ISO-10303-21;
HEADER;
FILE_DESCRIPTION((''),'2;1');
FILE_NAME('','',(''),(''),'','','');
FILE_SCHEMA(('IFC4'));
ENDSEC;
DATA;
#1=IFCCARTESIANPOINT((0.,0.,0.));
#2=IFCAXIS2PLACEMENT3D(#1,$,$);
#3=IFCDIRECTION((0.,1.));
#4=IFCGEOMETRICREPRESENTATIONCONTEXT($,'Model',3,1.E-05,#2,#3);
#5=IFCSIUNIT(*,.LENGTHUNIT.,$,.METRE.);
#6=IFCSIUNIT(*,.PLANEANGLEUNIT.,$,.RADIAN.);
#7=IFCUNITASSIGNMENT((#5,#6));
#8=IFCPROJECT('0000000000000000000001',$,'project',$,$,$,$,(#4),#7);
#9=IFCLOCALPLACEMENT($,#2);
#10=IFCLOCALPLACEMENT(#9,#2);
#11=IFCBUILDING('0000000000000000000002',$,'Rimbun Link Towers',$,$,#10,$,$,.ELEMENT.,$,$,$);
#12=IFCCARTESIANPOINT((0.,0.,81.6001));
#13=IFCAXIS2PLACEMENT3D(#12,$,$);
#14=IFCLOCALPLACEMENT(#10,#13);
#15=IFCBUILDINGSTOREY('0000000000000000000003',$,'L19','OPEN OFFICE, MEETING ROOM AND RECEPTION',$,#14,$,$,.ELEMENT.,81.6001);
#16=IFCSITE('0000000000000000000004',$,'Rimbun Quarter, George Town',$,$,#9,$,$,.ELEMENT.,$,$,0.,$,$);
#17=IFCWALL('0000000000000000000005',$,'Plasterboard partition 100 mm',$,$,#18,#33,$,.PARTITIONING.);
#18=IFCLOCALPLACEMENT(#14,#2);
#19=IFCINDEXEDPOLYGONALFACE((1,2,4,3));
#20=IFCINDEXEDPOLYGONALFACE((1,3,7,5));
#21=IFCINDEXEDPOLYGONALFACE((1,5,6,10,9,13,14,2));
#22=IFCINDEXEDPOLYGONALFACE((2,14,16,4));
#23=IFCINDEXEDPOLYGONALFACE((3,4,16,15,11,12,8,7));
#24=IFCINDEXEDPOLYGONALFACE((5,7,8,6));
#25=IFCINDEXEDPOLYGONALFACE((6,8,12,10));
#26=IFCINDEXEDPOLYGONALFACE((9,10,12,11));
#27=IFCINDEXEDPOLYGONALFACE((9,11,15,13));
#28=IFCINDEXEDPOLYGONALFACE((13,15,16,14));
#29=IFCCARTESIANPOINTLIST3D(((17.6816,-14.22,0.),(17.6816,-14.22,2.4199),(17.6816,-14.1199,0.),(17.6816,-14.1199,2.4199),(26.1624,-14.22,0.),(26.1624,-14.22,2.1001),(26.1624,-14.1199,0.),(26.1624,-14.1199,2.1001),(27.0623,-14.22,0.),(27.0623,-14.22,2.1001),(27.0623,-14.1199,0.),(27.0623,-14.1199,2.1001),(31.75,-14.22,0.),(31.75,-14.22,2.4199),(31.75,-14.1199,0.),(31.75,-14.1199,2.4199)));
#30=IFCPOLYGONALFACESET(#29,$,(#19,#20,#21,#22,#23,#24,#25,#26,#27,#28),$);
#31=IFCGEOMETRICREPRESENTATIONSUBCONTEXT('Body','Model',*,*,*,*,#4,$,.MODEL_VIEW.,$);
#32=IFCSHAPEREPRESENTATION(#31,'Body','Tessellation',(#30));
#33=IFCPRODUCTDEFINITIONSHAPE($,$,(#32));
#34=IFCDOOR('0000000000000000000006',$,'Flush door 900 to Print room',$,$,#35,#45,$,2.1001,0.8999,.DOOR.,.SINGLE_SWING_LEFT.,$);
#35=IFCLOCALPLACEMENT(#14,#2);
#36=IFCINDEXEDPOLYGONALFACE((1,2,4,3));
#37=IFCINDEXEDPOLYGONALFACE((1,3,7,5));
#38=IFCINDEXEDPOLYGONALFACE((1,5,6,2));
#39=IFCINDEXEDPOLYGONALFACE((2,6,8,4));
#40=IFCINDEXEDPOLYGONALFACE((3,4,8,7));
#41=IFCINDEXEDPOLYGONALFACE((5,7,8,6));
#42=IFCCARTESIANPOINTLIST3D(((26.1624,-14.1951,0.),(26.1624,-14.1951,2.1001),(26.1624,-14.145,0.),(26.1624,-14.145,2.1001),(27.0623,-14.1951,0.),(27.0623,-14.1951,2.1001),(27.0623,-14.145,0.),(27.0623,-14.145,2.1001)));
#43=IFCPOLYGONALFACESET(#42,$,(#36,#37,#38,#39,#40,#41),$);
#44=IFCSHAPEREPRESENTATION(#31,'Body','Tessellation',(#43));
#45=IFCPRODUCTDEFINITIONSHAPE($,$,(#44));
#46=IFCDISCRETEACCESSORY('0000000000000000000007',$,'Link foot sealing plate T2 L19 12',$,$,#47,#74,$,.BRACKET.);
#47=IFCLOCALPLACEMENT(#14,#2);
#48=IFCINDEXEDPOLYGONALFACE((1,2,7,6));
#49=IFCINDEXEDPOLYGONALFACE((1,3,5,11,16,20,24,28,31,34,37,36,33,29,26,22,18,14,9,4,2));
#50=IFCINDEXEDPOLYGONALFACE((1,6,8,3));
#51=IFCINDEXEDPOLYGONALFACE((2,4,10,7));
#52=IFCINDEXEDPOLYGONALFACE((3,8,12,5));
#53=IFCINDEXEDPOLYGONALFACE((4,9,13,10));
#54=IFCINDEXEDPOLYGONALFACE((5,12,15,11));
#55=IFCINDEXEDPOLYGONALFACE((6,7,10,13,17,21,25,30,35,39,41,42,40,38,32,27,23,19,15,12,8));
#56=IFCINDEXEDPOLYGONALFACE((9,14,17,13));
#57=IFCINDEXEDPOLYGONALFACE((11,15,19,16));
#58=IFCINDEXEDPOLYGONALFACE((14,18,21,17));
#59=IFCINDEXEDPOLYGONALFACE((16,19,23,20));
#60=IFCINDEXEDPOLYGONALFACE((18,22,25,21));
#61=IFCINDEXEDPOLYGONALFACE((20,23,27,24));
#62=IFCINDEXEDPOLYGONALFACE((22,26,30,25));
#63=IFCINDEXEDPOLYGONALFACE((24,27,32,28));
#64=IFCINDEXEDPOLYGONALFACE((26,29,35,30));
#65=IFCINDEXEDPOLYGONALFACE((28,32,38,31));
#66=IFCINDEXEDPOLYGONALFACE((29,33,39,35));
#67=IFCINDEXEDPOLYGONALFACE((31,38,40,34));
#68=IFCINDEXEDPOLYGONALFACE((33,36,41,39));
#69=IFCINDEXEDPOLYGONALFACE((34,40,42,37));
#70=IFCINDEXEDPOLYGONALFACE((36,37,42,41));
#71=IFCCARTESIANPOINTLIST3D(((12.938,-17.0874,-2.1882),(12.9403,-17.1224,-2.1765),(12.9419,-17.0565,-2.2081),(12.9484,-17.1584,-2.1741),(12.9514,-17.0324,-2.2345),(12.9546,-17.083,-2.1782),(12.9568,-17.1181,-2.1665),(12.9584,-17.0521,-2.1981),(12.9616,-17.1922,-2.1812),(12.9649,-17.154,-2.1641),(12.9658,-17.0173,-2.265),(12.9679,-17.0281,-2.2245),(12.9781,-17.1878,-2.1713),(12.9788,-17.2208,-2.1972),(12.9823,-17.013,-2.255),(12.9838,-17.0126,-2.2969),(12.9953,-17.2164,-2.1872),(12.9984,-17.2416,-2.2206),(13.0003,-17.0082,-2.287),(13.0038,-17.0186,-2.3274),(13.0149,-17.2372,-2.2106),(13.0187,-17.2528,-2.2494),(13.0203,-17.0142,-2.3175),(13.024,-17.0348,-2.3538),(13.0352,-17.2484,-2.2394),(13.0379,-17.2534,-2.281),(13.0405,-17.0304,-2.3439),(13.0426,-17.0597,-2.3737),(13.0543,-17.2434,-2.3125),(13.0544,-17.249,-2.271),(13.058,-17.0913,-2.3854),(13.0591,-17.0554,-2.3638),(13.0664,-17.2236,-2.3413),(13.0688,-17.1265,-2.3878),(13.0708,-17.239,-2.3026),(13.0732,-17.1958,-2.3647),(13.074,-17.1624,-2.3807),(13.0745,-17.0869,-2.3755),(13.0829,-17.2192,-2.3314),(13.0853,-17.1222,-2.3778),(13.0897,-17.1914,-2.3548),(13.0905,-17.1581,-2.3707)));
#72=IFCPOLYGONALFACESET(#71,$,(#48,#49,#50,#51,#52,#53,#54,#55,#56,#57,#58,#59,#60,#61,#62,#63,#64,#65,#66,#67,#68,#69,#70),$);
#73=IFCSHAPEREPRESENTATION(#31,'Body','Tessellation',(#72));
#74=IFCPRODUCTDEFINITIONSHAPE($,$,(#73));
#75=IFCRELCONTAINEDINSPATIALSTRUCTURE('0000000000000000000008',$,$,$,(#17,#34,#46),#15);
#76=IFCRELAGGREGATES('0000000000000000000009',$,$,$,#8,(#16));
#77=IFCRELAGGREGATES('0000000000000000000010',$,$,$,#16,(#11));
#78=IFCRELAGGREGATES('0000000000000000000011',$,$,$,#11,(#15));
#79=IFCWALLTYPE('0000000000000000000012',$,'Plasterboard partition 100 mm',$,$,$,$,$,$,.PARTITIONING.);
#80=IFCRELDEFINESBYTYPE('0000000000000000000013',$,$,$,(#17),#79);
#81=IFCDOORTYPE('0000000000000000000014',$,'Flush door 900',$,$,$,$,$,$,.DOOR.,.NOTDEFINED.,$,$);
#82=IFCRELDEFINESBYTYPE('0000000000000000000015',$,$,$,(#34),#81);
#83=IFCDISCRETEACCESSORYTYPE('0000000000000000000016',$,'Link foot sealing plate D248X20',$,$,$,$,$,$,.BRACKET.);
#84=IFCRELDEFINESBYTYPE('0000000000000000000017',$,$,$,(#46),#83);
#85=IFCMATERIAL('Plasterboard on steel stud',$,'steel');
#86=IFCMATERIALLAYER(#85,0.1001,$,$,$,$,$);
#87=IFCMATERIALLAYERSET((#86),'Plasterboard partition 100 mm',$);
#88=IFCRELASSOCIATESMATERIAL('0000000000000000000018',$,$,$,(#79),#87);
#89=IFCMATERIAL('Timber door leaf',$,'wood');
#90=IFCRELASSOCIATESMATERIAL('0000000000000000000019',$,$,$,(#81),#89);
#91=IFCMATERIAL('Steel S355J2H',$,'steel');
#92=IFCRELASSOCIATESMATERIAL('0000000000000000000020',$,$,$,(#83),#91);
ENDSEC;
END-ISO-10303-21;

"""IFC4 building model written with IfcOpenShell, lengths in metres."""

from ifc_helpers import new_model, si_unit, direction, frame, frame_2d, origin, origin_2d, place, context, subcontext, project, spatial, rectangle, circle, extrude, material, layer, layer_set, material_profile, profile_set, type_object, element, fill, save


model = new_model("IFC4")

# Units and contexts
model_context = context("Model", 3, precision=1e-05, world=origin(), true_north=direction((0.0, 1.0)))
body_context = subcontext(model_context, "Body", "Model", "MODEL_VIEW")
ifc_project = project(units=[si_unit("LENGTHUNIT", "METRE"), si_unit("PLANEANGLEUNIT", "RADIAN")], contexts=[model_context])

# Site, building, storey
site_placement = place(None, origin())
site = spatial("IfcSite", under=ifc_project, at=site_placement, Name="Rimbun Quarter, George Town", CompositionType="ELEMENT", RefElevation=0.0)
building_placement = place(site_placement, origin())
building = spatial("IfcBuilding", under=site, at=building_placement, Name="Rimbun Link Towers", CompositionType="ELEMENT")
storey_placement = place(building_placement, frame((0.0, 0.0, 81.6001)))
storey = spatial("IfcBuildingStorey", under=building, at=storey_placement, Name="L19", Description="OPEN OFFICE, MEETING ROOM AND RECEPTION", CompositionType="ELEMENT", Elevation=81.6001)

# Shared definitions
ifc_material_1 = material(Name="Plasterboard on steel stud", Category="steel")
ifc_layer_1 = layer(ifc_material_1, 0.1001)
ifc_layer_set_1 = layer_set([ifc_layer_1], Name="Plasterboard partition 100 mm")
wall_type = type_object("IfcWallType", Name="Plasterboard partition 100 mm", PredefinedType="PARTITIONING", material=ifc_layer_set_1)

# Wall, opening, door
wall_1_placement = place(storey_placement, frame((17.6816, -14.1699, 0.0), z_axis=(0.0, 0.0, 1.0), x_axis=(1.0, 0.0, 0.0)))
wall_1 = element("IfcWall", 1, at=wall_1_placement, inside=storey, type_object=wall_type, Name="Plasterboard partition 100 mm", PredefinedType="PARTITIONING", context=body_context, shape_type="SweptSolid", body=[
    extrude(rectangle(XDim=14.0684, YDim=0.1001, at=frame_2d((7.0342, 0.0))), origin(), (0.0, 0.0, 1.0), 2.4199),
])
opening_placement = place(wall_1_placement, frame((8.4807, 0.0, 0.0)))
opening = element("IfcOpeningElement", 2, at=opening_placement, cuts=wall_1, PredefinedType="OPENING", context=body_context, shape_type="SweptSolid", body=[
    extrude(rectangle(XDim=0.8999, YDim=2.1001, at=frame_2d((0.45, 1.05))), frame((0.0, 0.0601, 0.0), z_axis=(0.0, -1.0, 0.0), x_axis=(1.0, 0.0, 0.0)), (0.0, 0.0, 1.0), 0.1201),
])
ifc_material_2 = material(Name="Timber door leaf", Category="wood")
door_type = type_object("IfcDoorType", Name="Flush door 900", OperationType="NOTDEFINED", PredefinedType="DOOR", material=ifc_material_2)
door_placement = place(opening_placement, origin())
door = element("IfcDoor", 3, at=door_placement, inside=storey, type_object=door_type, Name="Flush door 900 to Print room", OperationType="SINGLE_SWING_LEFT", OverallHeight=2.1001, OverallWidth=0.8999, PredefinedType="DOOR", context=body_context, shape_type="SweptSolid", body=[
    extrude(rectangle(XDim=0.8999, YDim=2.1001, at=frame_2d((0.45, 1.05))), frame((0.0, 0.0249, 0.0), z_axis=(0.0, -1.0, 0.0), x_axis=(1.0, 0.0, 0.0)), (0.0, 0.0, 1.0), 0.05),
])
fill(opening, door)

# Discrete accessory
ifc_material_3 = material(Name="Steel S355J2H", Category="steel")
ifc_material_profile_1 = material_profile(ifc_material_3, circle(Radius=0.124, at=origin_2d()), Name="PL D248")
ifc_profile_set_1 = profile_set([ifc_material_profile_1], Name="Steel S355J2H")
discrete_accessory_type = type_object("IfcDiscreteAccessoryType", Name="Link foot sealing plate D248X20", PredefinedType="BRACKET", material=ifc_profile_set_1)
discrete_accessory_placement = place(storey_placement, frame((13.0227, -17.1292, -2.271), z_axis=(-0.835189, -0.22108, -0.50357), x_axis=(0.255893, -0.966705, 0.0)))
element("IfcDiscreteAccessory", 4, at=discrete_accessory_placement, inside=storey, type_object=discrete_accessory_type, Name="Link foot sealing plate T2 L19 12", PredefinedType="BRACKET", context=body_context, shape_type="SweptSolid", body=[
    extrude(circle(Radius=0.124, at=origin_2d()), origin(), (0.0, 0.0, 1.0), 0.0198),
])

save(model, "model.ifc")
